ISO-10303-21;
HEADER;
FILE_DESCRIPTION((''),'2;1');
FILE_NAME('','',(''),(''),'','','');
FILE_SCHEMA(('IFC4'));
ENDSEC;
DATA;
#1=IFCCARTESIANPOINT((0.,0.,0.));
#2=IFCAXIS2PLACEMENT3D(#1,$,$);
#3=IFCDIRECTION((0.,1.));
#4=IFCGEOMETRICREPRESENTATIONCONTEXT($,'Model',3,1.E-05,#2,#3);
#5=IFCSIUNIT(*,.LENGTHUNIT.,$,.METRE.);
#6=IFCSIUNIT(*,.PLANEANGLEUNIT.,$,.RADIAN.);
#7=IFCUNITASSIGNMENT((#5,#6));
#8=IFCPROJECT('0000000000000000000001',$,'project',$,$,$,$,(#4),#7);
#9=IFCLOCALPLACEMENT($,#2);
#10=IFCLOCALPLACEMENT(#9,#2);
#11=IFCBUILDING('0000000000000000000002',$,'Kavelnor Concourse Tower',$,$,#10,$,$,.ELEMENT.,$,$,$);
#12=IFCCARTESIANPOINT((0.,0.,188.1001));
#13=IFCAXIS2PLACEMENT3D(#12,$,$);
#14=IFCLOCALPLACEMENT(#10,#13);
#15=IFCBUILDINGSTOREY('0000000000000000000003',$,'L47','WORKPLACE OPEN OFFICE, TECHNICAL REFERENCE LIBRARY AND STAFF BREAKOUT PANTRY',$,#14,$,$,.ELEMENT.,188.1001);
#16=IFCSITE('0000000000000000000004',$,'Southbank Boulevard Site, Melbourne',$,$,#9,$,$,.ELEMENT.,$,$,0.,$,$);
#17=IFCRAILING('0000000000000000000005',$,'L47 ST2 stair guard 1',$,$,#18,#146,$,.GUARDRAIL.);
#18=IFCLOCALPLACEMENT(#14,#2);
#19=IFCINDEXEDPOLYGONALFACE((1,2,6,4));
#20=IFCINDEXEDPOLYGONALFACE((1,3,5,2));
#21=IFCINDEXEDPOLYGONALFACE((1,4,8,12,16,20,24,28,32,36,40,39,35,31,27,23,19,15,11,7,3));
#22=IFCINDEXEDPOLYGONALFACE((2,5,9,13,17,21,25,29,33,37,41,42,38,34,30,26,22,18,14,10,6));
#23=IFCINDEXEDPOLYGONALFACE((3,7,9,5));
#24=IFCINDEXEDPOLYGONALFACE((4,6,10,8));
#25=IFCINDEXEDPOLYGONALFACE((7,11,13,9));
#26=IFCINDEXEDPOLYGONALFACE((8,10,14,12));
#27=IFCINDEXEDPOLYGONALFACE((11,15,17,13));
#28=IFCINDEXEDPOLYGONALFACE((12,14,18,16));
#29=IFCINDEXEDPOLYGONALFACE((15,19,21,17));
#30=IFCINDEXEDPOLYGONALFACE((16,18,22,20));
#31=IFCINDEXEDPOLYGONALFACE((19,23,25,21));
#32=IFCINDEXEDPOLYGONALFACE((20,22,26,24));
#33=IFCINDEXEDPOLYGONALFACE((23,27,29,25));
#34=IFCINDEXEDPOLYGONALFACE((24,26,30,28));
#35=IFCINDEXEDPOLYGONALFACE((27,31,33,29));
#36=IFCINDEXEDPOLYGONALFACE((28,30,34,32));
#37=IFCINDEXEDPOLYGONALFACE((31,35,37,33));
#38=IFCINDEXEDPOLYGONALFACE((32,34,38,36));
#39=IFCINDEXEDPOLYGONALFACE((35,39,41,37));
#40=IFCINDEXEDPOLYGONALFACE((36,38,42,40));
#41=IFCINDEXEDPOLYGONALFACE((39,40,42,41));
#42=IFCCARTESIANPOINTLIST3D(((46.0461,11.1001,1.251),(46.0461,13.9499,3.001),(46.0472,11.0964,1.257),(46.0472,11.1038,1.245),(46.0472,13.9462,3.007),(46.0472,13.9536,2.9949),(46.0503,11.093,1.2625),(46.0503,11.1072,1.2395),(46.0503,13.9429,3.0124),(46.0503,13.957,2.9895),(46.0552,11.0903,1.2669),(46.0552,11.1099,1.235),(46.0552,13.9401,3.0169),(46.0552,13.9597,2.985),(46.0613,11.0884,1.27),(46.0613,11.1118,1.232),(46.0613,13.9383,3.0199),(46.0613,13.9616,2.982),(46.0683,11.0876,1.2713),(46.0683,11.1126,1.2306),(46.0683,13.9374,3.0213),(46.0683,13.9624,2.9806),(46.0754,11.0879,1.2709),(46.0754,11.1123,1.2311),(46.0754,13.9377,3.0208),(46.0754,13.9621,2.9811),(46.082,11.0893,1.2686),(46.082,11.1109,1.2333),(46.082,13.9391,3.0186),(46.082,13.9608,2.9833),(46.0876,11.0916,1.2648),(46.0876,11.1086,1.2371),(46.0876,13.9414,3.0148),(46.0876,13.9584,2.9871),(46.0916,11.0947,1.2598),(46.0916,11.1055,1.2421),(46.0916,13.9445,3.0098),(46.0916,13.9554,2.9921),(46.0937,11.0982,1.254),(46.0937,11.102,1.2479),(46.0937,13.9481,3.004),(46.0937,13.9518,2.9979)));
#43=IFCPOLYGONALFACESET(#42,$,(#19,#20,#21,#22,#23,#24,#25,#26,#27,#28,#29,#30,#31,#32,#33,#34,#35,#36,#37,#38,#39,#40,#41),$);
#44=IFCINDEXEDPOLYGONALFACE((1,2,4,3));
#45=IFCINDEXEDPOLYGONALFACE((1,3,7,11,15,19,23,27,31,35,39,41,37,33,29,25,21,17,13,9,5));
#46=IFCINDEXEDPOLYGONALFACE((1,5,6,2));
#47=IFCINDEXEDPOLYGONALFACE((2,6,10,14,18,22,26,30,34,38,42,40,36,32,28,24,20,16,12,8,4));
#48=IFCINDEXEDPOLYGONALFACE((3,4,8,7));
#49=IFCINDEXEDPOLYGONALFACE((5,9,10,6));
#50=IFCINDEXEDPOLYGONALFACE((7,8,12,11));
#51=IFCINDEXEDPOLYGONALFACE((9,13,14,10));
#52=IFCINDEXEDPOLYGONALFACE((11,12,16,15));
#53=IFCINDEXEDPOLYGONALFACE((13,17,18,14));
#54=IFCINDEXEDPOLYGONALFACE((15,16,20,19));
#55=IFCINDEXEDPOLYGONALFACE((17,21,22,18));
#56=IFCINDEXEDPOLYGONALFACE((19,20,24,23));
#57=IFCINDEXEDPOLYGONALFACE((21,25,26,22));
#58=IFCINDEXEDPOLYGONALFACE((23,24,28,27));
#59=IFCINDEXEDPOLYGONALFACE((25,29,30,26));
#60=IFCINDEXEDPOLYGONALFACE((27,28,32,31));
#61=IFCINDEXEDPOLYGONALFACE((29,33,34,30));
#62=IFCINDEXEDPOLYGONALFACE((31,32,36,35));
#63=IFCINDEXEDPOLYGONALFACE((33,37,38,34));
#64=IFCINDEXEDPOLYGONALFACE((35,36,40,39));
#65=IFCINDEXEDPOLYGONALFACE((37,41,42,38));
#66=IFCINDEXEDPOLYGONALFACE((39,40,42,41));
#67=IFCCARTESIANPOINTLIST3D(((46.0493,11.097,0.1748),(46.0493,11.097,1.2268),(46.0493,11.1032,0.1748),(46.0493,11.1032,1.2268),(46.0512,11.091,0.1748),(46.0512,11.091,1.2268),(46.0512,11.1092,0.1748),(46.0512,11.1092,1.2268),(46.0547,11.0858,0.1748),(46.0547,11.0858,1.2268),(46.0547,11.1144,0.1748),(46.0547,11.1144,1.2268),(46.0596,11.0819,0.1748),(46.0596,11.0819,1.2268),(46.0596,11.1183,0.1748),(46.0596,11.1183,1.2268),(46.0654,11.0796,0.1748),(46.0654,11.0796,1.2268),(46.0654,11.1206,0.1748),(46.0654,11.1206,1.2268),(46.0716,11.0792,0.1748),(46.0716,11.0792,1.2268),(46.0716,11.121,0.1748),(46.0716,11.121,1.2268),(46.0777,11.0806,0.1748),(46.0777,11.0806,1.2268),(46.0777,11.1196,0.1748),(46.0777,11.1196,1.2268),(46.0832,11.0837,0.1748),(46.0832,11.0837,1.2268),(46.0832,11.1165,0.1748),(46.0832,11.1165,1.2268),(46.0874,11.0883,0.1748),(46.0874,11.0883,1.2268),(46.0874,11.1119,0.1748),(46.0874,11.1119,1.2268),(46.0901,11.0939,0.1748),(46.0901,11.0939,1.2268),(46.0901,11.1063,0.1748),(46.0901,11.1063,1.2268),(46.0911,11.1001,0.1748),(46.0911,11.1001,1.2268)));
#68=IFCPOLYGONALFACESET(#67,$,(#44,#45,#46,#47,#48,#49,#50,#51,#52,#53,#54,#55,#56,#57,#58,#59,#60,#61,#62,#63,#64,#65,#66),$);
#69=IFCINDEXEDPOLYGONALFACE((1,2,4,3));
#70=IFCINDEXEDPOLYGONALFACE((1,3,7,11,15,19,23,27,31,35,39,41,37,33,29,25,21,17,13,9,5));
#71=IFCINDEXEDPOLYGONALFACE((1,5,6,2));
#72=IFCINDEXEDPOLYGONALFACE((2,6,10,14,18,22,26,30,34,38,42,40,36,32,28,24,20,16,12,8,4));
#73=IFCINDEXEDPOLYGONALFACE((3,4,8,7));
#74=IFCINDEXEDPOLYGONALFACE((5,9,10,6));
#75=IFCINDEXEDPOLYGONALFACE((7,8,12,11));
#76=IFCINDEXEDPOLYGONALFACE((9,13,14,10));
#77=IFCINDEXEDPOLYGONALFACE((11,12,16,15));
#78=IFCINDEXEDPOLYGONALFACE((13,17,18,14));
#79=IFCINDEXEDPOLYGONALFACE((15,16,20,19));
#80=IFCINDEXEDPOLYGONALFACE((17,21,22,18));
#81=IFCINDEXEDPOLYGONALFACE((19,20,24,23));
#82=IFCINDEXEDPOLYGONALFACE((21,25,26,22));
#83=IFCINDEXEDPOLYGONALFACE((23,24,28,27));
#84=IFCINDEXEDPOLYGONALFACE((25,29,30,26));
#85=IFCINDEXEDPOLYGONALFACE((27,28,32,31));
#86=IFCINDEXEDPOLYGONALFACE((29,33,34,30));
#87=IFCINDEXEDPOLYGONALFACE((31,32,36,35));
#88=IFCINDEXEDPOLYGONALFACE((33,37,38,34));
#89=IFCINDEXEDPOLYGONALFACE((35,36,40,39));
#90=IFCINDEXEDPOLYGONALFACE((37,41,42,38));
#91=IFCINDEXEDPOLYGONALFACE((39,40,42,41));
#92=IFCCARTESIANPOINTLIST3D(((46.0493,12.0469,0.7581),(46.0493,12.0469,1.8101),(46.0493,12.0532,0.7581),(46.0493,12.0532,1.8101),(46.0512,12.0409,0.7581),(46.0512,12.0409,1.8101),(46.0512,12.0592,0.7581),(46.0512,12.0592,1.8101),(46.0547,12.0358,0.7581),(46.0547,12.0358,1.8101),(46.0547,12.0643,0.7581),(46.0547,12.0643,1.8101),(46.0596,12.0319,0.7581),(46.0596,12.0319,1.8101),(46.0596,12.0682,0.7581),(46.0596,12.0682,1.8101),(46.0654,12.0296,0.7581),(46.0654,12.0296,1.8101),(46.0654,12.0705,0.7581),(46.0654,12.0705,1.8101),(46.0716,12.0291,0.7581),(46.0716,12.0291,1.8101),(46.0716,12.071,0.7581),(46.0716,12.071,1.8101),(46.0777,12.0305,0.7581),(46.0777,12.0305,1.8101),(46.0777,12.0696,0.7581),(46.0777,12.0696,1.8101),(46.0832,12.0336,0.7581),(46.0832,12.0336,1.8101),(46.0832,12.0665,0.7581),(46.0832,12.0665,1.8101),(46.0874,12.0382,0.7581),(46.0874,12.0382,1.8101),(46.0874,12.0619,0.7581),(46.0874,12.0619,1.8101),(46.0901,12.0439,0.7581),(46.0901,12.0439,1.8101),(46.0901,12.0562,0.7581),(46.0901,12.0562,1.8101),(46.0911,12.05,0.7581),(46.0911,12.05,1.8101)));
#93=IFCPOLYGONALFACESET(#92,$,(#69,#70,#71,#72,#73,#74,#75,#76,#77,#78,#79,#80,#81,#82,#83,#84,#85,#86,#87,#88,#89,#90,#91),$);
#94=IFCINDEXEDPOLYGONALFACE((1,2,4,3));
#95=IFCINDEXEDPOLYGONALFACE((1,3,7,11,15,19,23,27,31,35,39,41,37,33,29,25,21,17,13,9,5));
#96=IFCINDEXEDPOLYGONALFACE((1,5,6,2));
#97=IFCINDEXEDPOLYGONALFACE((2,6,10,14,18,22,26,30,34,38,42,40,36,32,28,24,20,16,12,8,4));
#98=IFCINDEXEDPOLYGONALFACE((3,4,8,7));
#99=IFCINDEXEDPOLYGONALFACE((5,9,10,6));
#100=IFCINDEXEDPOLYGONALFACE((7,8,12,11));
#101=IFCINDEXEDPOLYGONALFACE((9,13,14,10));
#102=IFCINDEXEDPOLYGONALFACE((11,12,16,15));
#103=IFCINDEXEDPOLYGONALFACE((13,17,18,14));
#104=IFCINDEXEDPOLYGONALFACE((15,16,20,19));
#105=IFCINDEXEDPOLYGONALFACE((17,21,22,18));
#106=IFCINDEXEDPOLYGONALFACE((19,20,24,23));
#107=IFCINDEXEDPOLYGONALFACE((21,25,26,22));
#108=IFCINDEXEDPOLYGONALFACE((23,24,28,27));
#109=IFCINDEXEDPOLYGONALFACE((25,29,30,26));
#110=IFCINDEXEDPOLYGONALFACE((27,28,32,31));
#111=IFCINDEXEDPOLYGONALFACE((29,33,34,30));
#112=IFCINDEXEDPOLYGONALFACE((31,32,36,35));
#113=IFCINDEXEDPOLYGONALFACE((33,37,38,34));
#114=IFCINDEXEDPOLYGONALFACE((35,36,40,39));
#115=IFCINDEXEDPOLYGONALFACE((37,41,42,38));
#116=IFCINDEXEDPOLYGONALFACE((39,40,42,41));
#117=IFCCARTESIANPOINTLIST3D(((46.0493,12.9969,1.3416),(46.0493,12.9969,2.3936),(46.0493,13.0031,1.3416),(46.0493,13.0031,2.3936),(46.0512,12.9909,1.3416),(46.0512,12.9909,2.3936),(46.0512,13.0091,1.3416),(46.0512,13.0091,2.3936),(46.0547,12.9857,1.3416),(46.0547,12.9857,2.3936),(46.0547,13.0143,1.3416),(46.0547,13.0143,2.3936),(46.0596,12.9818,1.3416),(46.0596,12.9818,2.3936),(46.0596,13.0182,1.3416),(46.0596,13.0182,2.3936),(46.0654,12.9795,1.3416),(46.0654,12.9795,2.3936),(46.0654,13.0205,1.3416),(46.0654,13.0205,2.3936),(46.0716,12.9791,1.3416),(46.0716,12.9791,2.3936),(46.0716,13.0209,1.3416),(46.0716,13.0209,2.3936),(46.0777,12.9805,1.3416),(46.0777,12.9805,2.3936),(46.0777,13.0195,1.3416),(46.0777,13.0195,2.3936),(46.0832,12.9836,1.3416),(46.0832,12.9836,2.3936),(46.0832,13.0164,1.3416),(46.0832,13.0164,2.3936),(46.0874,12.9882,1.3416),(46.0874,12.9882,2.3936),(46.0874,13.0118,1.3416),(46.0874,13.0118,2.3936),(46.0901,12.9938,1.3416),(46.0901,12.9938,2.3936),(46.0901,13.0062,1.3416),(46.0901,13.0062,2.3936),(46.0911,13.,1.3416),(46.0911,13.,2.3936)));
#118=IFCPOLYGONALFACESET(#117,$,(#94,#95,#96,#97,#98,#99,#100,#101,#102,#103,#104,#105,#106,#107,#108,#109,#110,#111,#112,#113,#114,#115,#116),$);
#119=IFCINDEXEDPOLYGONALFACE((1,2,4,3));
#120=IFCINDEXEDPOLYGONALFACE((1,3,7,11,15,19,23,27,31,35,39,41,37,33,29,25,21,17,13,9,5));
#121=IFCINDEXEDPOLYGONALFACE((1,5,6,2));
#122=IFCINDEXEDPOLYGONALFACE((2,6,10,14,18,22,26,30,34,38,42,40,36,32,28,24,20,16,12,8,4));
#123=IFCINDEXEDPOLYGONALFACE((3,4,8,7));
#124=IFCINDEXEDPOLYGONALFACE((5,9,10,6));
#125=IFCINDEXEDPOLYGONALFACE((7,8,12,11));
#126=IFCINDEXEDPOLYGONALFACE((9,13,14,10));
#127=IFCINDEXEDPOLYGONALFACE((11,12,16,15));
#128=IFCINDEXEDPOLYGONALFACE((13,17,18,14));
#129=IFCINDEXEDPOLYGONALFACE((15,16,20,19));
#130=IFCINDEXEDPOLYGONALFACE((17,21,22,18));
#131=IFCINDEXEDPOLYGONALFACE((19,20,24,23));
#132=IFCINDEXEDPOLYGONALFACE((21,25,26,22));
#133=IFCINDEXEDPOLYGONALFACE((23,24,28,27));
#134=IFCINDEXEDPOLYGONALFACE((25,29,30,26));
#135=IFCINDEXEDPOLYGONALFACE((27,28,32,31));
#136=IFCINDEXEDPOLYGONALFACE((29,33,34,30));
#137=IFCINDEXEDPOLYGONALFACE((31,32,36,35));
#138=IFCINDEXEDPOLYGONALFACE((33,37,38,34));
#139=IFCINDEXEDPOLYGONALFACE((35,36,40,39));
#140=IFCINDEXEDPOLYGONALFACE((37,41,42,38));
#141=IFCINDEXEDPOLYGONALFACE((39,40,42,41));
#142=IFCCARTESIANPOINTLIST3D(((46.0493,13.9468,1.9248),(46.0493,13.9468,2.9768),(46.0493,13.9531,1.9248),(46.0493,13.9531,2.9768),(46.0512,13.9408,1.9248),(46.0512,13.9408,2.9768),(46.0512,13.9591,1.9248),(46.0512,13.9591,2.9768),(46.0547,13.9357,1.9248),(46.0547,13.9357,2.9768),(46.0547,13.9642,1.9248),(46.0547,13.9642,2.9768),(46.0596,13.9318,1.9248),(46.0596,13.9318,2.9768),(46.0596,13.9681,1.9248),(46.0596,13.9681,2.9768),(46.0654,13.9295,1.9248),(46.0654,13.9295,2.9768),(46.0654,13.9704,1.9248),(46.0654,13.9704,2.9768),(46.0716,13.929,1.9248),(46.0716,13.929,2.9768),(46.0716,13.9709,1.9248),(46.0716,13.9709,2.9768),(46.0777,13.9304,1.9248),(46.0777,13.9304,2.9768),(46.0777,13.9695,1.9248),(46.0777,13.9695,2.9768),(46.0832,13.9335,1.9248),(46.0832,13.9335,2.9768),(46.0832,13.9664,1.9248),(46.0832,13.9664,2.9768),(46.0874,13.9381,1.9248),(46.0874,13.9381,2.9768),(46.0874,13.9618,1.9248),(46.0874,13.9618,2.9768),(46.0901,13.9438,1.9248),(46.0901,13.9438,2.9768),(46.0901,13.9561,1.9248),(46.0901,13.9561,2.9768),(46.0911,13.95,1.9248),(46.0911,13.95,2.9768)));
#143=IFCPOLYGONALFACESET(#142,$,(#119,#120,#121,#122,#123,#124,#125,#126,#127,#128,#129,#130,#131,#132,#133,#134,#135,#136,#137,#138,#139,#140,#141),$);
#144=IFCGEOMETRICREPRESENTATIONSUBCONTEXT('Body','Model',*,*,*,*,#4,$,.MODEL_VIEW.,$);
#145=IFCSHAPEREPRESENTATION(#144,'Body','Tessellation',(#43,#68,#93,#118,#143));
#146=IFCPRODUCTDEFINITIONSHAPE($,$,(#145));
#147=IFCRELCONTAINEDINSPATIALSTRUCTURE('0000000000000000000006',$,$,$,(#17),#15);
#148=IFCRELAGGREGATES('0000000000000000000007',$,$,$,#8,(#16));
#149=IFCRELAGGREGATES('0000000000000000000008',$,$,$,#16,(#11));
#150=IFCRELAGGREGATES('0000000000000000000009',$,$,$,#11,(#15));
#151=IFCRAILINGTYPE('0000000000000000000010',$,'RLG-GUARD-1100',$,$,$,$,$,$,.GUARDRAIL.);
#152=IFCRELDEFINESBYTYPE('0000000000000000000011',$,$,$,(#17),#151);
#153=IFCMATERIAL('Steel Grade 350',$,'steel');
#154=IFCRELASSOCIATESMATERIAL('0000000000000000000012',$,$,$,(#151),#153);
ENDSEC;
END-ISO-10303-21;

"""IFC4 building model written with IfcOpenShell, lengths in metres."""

from ifc_helpers import new_model, si_unit, direction, frame, origin, origin_2d, place, context, subcontext, project, spatial, circle, extrude, material, type_object, element, save


model = new_model("IFC4")

# Units and contexts
model_context = context("Model", 3, precision=1e-05, world=origin(), true_north=direction((0.0, 1.0)))
body_context = subcontext(model_context, "Body", "Model", "MODEL_VIEW")
ifc_project = project(units=[si_unit("LENGTHUNIT", "METRE"), si_unit("PLANEANGLEUNIT", "RADIAN")], contexts=[model_context])

# Site, building, storey
site_placement = place(None, origin())
site = spatial("IfcSite", under=ifc_project, at=site_placement, Name="Southbank Boulevard Site, Melbourne", CompositionType="ELEMENT", RefElevation=0.0)
building_placement = place(site_placement, origin())
building = spatial("IfcBuilding", under=site, at=building_placement, Name="Kavelnor Concourse Tower", CompositionType="ELEMENT")
storey_placement = place(building_placement, frame((0.0, 0.0, 188.1001)))
storey = spatial("IfcBuildingStorey", under=building, at=storey_placement, Name="L47", Description="WORKPLACE OPEN OFFICE, TECHNICAL REFERENCE LIBRARY AND STAFF BREAKOUT PANTRY", CompositionType="ELEMENT", Elevation=188.1001)

# Shared definitions
ifc_material_1 = material(Name="Steel Grade 350", Category="steel")

# Railing
railing_type_1 = type_object("IfcRailingType", Name="RLG-GUARD-1100", PredefinedType="GUARDRAIL", material=ifc_material_1)
railing_1_placement = place(storey_placement, frame((46.0701, 11.1001, 0.1748)))
element("IfcRailing", 1, at=railing_1_placement, inside=storey, type_object=railing_type_1, Name="L47 ST2 stair guard 1", PredefinedType="GUARDRAIL", context=body_context, shape_type="SweptSolid", body=[
    extrude(circle(Radius=0.0239, at=origin_2d()), frame((0.0, 0.0, 1.0762), z_axis=(0.0, 0.852159, 0.523283), x_axis=(-1.0, 0.0, 0.0)), (0.0, 0.0, 1.0), 3.3442),
    extrude(circle(Radius=0.021, at=origin_2d()), origin(), (0.0, 0.0, 1.0), 1.052),
    extrude(circle(Radius=0.021, at=origin_2d()), frame((0.0, 0.95, 0.5833)), (0.0, 0.0, 1.0), 1.052),
    extrude(circle(Radius=0.021, at=origin_2d()), frame((0.0, 1.8999, 1.1667)), (0.0, 0.0, 1.0), 1.052),
    extrude(circle(Radius=0.021, at=origin_2d()), frame((0.0, 2.8499, 1.75)), (0.0, 0.0, 1.0), 1.052),
])

save(model, "model.ifc")
